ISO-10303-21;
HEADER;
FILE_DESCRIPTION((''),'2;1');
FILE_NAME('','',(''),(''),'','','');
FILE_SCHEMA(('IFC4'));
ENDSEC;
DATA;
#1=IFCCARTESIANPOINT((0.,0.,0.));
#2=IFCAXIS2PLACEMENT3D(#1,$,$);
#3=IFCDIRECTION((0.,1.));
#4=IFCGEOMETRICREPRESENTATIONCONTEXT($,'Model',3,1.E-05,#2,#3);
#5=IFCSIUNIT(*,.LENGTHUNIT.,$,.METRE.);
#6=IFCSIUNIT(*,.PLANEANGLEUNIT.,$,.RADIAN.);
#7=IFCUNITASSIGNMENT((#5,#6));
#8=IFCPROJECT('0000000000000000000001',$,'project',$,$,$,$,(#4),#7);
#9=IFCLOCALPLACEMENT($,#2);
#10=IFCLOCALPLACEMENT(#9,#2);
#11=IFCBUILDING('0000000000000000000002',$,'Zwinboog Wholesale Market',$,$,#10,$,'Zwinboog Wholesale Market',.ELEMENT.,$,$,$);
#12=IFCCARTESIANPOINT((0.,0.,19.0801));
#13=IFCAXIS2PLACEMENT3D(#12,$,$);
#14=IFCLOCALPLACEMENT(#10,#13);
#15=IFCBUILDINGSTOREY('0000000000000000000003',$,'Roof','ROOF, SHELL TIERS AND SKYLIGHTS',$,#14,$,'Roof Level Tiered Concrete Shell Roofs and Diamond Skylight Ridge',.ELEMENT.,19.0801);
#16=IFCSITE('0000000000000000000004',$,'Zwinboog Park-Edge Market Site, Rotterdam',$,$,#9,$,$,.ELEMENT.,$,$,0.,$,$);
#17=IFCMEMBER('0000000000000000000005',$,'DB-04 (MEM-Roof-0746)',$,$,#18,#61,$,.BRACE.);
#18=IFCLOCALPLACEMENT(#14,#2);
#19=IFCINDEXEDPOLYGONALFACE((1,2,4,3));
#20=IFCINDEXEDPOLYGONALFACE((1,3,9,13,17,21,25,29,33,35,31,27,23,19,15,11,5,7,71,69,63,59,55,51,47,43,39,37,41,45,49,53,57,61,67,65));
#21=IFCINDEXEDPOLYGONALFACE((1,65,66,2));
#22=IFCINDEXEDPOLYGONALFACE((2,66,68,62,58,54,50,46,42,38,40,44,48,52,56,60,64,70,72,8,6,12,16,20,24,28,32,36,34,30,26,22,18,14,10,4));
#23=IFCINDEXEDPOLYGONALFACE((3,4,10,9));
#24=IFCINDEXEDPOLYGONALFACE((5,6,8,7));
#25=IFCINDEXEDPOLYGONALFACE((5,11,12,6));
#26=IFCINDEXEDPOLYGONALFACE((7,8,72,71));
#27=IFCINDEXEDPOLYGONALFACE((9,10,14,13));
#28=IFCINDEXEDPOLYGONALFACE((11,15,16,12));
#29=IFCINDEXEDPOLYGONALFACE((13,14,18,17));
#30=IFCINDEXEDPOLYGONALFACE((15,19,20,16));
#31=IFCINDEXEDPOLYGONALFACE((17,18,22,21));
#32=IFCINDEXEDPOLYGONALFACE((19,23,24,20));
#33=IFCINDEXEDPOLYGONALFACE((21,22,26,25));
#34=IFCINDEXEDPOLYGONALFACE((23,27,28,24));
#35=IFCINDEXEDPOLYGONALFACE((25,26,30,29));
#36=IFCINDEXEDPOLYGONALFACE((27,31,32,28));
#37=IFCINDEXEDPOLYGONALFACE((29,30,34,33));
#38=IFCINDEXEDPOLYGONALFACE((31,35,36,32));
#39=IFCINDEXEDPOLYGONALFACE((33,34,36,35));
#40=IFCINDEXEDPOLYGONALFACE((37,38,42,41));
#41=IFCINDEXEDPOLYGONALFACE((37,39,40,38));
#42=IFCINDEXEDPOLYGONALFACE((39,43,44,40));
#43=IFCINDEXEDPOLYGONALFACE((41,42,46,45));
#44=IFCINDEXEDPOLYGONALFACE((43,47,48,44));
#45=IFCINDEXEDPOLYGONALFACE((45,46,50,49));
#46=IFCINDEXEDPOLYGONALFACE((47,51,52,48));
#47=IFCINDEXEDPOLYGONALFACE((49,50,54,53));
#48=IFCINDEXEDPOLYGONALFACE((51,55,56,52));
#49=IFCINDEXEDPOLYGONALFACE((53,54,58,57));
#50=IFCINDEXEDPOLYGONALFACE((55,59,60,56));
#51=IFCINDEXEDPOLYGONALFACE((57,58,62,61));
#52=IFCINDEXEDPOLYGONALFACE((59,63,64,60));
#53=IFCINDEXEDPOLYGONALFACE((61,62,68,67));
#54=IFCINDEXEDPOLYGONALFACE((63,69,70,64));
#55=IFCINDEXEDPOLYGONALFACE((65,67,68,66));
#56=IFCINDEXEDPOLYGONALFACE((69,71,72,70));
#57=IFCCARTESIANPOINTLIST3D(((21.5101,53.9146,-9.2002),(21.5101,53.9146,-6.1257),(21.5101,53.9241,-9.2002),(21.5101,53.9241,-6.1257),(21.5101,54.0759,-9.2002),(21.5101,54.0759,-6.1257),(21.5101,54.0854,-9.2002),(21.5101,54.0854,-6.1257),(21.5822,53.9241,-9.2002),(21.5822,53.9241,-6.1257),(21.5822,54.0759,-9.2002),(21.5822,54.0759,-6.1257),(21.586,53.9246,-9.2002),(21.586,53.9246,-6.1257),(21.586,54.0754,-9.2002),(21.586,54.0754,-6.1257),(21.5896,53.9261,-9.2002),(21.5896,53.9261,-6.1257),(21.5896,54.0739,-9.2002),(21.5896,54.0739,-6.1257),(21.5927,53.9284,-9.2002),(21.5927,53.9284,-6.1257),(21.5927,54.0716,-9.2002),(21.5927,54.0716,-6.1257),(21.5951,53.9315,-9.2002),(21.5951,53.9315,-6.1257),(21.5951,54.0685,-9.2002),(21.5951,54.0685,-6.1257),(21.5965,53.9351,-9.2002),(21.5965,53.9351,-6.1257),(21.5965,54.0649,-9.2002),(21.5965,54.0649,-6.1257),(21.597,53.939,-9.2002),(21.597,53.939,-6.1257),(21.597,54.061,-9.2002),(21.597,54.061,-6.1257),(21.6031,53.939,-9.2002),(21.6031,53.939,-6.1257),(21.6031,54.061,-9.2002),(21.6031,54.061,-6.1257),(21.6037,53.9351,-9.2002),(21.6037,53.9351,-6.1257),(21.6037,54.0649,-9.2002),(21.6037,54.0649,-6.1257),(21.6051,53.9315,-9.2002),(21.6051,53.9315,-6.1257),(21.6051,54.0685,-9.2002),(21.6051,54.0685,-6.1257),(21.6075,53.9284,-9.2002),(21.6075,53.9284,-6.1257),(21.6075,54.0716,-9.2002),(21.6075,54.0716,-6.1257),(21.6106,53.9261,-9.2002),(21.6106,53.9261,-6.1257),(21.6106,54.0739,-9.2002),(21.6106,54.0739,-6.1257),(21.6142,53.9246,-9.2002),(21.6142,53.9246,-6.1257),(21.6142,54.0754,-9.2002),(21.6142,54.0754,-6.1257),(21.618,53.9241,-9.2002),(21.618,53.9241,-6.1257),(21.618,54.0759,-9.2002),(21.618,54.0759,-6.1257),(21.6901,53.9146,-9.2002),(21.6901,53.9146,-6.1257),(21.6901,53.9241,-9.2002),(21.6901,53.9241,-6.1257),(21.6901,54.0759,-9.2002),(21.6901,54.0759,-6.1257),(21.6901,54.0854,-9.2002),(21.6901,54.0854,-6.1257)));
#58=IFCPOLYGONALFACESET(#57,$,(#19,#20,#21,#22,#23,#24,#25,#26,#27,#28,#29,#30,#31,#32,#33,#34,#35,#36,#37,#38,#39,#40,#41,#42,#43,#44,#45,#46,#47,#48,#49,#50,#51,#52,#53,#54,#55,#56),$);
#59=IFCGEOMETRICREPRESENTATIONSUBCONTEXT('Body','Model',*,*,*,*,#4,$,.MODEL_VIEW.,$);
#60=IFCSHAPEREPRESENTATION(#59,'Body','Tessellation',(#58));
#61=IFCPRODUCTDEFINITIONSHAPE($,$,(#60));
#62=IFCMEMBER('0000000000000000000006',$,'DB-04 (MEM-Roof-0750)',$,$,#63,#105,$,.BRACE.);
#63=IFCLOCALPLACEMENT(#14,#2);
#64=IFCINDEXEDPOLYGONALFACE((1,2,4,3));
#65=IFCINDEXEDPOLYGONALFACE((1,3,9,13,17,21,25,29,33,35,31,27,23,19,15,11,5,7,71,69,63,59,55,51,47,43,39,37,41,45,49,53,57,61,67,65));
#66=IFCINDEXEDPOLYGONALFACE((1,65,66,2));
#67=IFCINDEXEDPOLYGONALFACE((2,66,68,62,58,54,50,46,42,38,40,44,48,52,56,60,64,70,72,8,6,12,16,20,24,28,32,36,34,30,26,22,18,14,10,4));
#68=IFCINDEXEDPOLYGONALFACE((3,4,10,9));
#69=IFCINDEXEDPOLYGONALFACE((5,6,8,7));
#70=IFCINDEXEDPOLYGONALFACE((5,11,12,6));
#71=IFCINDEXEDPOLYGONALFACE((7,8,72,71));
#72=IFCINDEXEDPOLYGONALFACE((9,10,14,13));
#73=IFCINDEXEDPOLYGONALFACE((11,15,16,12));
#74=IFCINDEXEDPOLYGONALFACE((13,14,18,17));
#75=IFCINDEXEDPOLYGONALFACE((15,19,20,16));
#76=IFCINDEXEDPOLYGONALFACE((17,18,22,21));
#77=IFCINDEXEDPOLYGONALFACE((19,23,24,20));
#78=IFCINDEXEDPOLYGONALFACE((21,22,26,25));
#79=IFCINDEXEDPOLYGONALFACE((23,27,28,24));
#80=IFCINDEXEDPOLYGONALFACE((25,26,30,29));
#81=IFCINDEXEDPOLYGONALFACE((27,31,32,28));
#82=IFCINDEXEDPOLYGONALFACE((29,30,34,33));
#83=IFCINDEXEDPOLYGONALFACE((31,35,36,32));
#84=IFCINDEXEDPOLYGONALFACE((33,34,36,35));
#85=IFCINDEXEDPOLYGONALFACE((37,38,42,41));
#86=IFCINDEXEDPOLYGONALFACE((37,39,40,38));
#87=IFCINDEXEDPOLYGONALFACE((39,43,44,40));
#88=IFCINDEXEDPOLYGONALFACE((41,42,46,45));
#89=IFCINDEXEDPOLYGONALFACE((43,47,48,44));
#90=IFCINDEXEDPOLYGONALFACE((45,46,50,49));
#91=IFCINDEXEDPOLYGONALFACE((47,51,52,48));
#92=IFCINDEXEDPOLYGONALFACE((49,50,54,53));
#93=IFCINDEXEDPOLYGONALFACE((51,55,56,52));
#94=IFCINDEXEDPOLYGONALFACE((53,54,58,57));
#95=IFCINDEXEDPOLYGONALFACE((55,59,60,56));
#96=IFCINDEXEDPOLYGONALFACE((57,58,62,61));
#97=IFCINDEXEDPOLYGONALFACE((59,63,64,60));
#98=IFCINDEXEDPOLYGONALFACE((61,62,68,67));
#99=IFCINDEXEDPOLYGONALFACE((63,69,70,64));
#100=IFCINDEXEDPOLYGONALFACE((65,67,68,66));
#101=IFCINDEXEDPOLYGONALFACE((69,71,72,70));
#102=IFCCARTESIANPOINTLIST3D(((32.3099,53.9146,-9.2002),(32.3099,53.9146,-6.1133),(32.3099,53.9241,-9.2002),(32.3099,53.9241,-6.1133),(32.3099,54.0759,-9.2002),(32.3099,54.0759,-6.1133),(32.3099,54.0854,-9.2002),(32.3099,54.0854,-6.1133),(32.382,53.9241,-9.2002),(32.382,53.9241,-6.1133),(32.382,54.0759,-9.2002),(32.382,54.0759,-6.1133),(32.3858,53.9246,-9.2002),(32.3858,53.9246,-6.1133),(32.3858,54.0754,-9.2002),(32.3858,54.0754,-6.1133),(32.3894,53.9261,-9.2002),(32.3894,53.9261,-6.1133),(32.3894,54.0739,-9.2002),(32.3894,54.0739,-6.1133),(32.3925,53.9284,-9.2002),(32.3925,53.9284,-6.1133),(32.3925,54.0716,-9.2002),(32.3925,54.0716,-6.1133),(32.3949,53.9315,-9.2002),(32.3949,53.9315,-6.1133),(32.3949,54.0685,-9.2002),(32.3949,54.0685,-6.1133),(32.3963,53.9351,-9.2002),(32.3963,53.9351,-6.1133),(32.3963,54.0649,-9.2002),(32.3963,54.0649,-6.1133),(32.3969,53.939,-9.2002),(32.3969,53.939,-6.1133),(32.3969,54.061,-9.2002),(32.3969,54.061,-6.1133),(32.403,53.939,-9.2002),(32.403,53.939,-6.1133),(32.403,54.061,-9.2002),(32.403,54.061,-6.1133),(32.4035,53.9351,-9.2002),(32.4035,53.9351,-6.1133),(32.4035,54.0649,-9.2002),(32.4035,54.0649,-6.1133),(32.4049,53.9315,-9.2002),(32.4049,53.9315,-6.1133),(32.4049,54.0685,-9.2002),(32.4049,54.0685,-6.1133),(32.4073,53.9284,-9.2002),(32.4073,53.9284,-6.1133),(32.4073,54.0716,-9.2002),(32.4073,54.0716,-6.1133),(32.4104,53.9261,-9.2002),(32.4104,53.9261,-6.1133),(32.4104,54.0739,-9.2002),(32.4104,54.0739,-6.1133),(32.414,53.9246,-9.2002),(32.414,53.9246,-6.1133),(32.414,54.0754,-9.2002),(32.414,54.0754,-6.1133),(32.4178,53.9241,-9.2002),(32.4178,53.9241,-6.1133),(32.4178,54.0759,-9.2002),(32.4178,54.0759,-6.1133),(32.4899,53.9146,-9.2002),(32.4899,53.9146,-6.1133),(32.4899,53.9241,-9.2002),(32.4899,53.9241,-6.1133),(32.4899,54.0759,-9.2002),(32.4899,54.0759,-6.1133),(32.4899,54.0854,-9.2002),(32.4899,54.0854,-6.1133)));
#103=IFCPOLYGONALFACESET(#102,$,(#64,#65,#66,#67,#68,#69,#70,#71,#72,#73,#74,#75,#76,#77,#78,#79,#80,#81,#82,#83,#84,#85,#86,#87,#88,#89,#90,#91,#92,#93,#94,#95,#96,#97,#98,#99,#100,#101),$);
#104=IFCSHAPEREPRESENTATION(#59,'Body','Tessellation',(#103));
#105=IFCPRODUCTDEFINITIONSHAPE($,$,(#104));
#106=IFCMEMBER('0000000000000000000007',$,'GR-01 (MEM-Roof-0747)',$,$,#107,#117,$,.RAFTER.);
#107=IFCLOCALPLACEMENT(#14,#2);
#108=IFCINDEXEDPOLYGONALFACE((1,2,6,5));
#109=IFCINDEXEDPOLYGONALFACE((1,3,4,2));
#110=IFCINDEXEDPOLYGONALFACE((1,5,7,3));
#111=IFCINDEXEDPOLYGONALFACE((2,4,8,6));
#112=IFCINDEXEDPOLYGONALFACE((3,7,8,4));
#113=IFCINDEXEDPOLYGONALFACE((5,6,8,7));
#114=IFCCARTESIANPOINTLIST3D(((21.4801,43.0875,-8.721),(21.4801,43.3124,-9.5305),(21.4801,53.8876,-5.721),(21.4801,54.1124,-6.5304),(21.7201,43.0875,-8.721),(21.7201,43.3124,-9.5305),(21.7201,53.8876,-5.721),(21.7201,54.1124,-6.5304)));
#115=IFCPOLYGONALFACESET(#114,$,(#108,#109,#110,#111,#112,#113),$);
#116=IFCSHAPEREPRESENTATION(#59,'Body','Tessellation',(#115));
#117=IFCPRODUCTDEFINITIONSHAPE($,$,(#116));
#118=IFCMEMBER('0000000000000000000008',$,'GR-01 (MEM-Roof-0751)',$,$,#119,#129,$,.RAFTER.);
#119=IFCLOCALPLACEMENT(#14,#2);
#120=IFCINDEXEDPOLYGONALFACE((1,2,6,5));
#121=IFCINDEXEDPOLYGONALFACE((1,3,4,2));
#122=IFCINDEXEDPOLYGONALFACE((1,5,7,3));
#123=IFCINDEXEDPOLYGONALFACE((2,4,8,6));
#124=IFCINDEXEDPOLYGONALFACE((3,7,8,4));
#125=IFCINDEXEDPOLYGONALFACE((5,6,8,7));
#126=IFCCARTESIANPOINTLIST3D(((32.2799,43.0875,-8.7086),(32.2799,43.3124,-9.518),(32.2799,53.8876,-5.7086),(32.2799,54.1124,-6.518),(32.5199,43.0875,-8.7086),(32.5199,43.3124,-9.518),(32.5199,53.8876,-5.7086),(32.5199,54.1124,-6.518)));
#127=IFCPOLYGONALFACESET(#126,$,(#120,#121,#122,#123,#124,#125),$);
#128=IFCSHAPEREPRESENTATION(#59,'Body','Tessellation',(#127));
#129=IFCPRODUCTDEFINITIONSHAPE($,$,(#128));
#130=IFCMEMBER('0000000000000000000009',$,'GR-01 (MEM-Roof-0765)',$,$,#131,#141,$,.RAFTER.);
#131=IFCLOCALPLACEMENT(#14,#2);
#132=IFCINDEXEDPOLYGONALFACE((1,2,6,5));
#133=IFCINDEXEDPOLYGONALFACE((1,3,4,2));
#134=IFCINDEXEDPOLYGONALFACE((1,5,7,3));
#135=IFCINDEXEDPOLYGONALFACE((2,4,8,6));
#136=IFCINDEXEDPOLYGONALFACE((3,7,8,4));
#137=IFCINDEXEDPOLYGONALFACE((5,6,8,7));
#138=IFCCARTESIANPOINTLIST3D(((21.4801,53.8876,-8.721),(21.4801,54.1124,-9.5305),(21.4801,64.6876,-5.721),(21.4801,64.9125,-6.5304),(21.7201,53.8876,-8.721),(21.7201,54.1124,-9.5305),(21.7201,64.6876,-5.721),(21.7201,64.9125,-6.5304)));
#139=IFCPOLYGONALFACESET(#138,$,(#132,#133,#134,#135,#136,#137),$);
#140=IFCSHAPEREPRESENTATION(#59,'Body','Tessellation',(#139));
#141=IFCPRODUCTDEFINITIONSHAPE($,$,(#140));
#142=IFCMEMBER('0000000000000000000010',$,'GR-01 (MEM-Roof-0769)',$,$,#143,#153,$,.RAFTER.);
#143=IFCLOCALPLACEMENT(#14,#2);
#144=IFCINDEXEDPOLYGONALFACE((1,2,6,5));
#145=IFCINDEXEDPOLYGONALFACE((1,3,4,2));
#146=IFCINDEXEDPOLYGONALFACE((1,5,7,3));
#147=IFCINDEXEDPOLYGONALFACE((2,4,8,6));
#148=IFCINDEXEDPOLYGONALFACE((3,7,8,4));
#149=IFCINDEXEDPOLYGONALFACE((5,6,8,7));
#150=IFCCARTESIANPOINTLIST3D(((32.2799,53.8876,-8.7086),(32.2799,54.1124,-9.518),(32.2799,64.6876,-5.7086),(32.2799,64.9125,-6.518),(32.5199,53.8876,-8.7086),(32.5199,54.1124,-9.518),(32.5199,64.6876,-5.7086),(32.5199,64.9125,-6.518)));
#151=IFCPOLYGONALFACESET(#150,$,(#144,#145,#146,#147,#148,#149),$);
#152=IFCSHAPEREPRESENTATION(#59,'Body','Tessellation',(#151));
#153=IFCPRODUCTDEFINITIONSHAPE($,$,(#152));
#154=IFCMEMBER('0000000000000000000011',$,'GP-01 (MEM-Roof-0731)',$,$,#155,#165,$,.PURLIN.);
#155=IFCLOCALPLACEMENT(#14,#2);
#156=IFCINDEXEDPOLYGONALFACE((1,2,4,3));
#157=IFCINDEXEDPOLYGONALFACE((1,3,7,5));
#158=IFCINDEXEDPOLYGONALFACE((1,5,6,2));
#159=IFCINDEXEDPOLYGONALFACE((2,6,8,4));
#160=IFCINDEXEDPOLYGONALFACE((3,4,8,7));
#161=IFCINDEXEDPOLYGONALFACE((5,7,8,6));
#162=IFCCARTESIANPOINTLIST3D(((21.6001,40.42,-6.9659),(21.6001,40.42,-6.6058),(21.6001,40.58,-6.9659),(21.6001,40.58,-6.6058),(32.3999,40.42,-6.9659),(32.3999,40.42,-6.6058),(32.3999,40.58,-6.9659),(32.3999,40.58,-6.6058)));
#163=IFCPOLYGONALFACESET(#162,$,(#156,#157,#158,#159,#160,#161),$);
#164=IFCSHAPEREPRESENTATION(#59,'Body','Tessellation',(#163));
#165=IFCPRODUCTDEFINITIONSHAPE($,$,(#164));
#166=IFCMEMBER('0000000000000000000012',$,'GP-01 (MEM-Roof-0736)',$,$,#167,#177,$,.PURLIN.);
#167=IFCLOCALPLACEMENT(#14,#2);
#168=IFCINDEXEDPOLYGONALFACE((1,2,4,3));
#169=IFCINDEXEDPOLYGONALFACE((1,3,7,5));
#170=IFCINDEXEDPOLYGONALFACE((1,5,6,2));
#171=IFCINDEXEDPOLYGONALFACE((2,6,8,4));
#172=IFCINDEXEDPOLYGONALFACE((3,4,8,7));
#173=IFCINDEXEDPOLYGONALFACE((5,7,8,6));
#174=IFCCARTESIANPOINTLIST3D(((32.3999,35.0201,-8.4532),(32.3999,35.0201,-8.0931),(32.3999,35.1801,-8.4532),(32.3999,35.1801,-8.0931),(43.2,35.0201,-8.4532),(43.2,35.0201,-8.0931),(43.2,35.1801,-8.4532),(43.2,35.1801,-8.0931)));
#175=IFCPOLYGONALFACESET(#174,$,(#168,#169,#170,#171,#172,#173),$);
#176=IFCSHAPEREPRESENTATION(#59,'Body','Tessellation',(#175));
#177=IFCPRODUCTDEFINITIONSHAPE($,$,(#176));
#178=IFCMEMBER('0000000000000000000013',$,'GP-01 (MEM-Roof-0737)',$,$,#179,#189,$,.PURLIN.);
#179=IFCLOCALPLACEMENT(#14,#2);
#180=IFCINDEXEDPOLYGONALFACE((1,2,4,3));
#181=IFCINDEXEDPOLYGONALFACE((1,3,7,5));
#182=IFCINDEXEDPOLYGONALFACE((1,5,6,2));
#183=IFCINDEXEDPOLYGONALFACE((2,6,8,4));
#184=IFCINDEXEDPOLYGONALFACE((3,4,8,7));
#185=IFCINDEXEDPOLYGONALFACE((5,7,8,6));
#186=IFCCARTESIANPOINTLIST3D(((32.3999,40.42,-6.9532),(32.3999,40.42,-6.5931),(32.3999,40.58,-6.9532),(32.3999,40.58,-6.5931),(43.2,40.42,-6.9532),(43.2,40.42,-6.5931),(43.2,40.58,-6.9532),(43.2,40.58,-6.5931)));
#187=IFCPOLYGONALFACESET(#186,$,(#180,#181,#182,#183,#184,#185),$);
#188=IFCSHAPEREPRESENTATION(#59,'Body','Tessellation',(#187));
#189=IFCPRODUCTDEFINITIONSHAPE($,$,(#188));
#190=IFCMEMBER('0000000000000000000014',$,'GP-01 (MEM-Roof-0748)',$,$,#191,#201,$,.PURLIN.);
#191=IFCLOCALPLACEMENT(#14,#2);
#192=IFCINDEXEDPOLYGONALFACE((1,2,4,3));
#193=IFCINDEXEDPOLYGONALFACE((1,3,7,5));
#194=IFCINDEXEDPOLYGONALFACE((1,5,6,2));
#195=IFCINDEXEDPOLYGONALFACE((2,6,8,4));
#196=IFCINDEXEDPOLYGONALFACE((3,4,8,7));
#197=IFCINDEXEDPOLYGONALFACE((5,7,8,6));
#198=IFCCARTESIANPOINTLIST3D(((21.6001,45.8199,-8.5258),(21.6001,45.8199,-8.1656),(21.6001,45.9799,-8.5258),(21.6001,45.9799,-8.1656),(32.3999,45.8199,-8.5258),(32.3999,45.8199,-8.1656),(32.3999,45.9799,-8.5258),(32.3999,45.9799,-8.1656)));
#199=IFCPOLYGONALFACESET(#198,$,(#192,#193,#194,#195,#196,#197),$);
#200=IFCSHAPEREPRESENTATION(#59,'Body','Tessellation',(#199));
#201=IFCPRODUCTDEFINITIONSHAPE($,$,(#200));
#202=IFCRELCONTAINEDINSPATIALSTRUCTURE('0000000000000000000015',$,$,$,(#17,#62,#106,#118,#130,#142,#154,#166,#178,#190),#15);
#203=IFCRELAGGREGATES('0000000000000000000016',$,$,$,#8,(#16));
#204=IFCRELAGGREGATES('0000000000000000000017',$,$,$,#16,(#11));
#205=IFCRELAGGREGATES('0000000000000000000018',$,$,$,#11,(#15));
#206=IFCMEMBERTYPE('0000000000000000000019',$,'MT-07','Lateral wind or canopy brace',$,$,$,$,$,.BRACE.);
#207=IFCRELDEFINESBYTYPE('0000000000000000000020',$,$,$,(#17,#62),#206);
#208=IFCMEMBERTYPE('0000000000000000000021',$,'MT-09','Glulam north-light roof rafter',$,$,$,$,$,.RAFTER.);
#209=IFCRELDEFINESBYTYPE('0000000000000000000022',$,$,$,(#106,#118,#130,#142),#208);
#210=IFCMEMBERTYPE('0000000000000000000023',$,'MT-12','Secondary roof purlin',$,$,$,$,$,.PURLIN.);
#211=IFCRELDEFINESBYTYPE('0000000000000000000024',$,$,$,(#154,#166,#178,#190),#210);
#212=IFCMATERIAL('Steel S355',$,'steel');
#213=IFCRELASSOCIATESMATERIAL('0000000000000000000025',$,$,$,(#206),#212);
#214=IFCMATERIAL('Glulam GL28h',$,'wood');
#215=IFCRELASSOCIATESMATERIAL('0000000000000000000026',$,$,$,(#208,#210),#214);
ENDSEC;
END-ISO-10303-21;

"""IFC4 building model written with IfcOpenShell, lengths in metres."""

from ifc_helpers import new_model, si_unit, direction, frame, origin, origin_2d, place, context, subcontext, project, spatial, rectangle, i_section, extrude, material, material_profile, profile_set, type_object, element, save


model = new_model("IFC4")

# Units and contexts
model_context = context("Model", 3, precision=1e-05, world=origin(), true_north=direction((0.0, 1.0)))
body_context = subcontext(model_context, "Body", "Model", "MODEL_VIEW")
ifc_project = project(units=[si_unit("LENGTHUNIT", "METRE"), si_unit("PLANEANGLEUNIT", "RADIAN")], contexts=[model_context])

# Site, building, storey
site_placement = place(None, origin())
site = spatial("IfcSite", under=ifc_project, at=site_placement, Name="Zwinboog Park-Edge Market Site, Rotterdam", CompositionType="ELEMENT", RefElevation=0.0)
building_placement = place(site_placement, origin())
building = spatial("IfcBuilding", under=site, at=building_placement, Name="Zwinboog Wholesale Market", LongName="Zwinboog Wholesale Market", CompositionType="ELEMENT")
storey_placement = place(building_placement, frame((0.0, 0.0, 19.0801)))
storey = spatial("IfcBuildingStorey", under=building, at=storey_placement, Name="Roof", Description="ROOF, SHELL TIERS AND SKYLIGHTS", LongName="Roof Level Tiered Concrete Shell Roofs and Diamond Skylight Ridge", CompositionType="ELEMENT", Elevation=19.0801)

# Members
ifc_material_1 = material(Name="Steel S355", Category="steel")
ifc_material_profile_1 = material_profile(ifc_material_1, i_section(OverallWidth=0.1799, OverallDepth=0.1709, WebThickness=0.0061, FlangeThickness=0.0095, FilletRadius=0.0149, at=origin_2d()), Name="HEA 180")
ifc_profile_set_1 = profile_set([ifc_material_profile_1], Name="Steel S355")
member_type_1 = type_object("IfcMemberType", Name="MT-07", Description="Lateral wind or canopy brace", PredefinedType="BRACE", material=ifc_profile_set_1)
member_1_placement = place(storey_placement, frame((21.6001, 54.0, -9.2002), z_axis=(0.0, 0.0, 1.0), x_axis=(1.0, 0.0, 0.0)))
element("IfcMember", 1, at=member_1_placement, inside=storey, type_object=member_type_1, Name="DB-04 (MEM-Roof-0746)", PredefinedType="BRACE", context=body_context, shape_type="SweptSolid", body=[
    extrude(i_section(OverallWidth=0.1799, OverallDepth=0.1709, WebThickness=0.0061, FlangeThickness=0.0095, FilletRadius=0.0149, at=origin_2d()), origin(), (0.0, 0.0, 1.0), 3.0745),
])
member_2_placement = place(storey_placement, frame((32.3999, 54.0, -9.2002), z_axis=(0.0, 0.0, 1.0), x_axis=(1.0, 0.0, 0.0)))
element("IfcMember", 2, at=member_2_placement, inside=storey, type_object=member_type_1, Name="DB-04 (MEM-Roof-0750)", PredefinedType="BRACE", context=body_context, shape_type="SweptSolid", body=[
    extrude(i_section(OverallWidth=0.1799, OverallDepth=0.1709, WebThickness=0.0061, FlangeThickness=0.0095, FilletRadius=0.0149, at=origin_2d()), origin(), (0.0, 0.0, 1.0), 3.0869),
])
ifc_material_2 = material(Name="Glulam GL28h", Category="wood")
ifc_material_profile_2 = material_profile(ifc_material_2, rectangle(XDim=0.24, YDim=0.8401, at=origin_2d()), Name="GL28h 240x840")
ifc_profile_set_2 = profile_set([ifc_material_profile_2], Name="Glulam GL28h")
member_type_2 = type_object("IfcMemberType", Name="MT-09", Description="Glulam north-light roof rafter", PredefinedType="RAFTER", material=ifc_profile_set_2)
for number, where, z_axis, x_axis, name in (
    (3, (21.6001, 43.2, -9.1257), (0.0, 0.963518, 0.267643), (-1.0, 0.0, 0.0), "GR-01 (MEM-Roof-0747)"),
    (4, (32.3999, 43.2, -9.1133), (0.0, 0.963518, 0.267643), (-1.0, 0.0, 0.0), "GR-01 (MEM-Roof-0751)"),
    (5, (21.6001, 54.0, -9.1257), (0.0, 0.963518, 0.267643), (-1.0, 0.0, 0.0), "GR-01 (MEM-Roof-0765)"),
    (6, (32.3999, 54.0, -9.1133), (0.0, 0.963518, 0.267643), (-1.0, 0.0, 0.0), "GR-01 (MEM-Roof-0769)"),
):
    element("IfcMember", number, at=place(storey_placement, frame(where, z_axis=z_axis, x_axis=x_axis)), inside=storey, type_object=member_type_2, Name=name, PredefinedType="RAFTER", context=body_context, shape_type="SweptSolid", body=[
        extrude(rectangle(XDim=0.24, YDim=0.8401, at=origin_2d()), origin(), (0.0, 0.0, 1.0), 11.209),
    ])
ifc_material_profile_3 = material_profile(ifc_material_2, rectangle(XDim=0.1599, YDim=0.3601, at=origin_2d()), Name="GL28h 160x360")
ifc_profile_set_3 = profile_set([ifc_material_profile_3], Name="Glulam GL28h")
member_type_3 = type_object("IfcMemberType", Name="MT-12", Description="Secondary roof purlin", PredefinedType="PURLIN", material=ifc_profile_set_3)
member_3_placement = place(storey_placement, frame((21.6001, 40.5, -6.7859), z_axis=(1.0, 0.0, 0.0), x_axis=(0.0, 1.0, 0.0)))
element("IfcMember", 7, at=member_3_placement, inside=storey, type_object=member_type_3, Name="GP-01 (MEM-Roof-0731)", PredefinedType="PURLIN", context=body_context, shape_type="SweptSolid", body=[
    extrude(rectangle(XDim=0.1599, YDim=0.3601, at=origin_2d()), origin(), (0.0, 0.0, 1.0), 10.7998),
])
for number, where, z_axis, x_axis, name in (
    (8, (32.3999, 35.1001, -8.2732), (1.0, 0.0, 0.0), (0.0, 1.0, 0.0), "GP-01 (MEM-Roof-0736)"),
    (9, (32.3999, 40.5, -6.7732), (1.0, 0.0, 0.0), (0.0, 1.0, 0.0), "GP-01 (MEM-Roof-0737)"),
):
    element("IfcMember", number, at=place(storey_placement, frame(where, z_axis=z_axis, x_axis=x_axis)), inside=storey, type_object=member_type_3, Name=name, PredefinedType="PURLIN", context=body_context, shape_type="SweptSolid", body=[
        extrude(rectangle(XDim=0.1599, YDim=0.3601, at=origin_2d()), origin(), (0.0, 0.0, 1.0), 10.8),
    ])
for number, where, z_axis, x_axis, name in (
    (10, (21.6001, 45.8999, -8.3457), (1.0, 0.0, 0.0), (0.0, 1.0, 0.0), "GP-01 (MEM-Roof-0748)"),
):
    element("IfcMember", number, at=place(storey_placement, frame(where, z_axis=z_axis, x_axis=x_axis)), inside=storey, type_object=member_type_3, Name=name, PredefinedType="PURLIN", context=body_context, shape_type="SweptSolid", body=[
        extrude(rectangle(XDim=0.1599, YDim=0.3601, at=origin_2d()), origin(), (0.0, 0.0, 1.0), 10.7998),
    ])

save(model, "model.ifc")
